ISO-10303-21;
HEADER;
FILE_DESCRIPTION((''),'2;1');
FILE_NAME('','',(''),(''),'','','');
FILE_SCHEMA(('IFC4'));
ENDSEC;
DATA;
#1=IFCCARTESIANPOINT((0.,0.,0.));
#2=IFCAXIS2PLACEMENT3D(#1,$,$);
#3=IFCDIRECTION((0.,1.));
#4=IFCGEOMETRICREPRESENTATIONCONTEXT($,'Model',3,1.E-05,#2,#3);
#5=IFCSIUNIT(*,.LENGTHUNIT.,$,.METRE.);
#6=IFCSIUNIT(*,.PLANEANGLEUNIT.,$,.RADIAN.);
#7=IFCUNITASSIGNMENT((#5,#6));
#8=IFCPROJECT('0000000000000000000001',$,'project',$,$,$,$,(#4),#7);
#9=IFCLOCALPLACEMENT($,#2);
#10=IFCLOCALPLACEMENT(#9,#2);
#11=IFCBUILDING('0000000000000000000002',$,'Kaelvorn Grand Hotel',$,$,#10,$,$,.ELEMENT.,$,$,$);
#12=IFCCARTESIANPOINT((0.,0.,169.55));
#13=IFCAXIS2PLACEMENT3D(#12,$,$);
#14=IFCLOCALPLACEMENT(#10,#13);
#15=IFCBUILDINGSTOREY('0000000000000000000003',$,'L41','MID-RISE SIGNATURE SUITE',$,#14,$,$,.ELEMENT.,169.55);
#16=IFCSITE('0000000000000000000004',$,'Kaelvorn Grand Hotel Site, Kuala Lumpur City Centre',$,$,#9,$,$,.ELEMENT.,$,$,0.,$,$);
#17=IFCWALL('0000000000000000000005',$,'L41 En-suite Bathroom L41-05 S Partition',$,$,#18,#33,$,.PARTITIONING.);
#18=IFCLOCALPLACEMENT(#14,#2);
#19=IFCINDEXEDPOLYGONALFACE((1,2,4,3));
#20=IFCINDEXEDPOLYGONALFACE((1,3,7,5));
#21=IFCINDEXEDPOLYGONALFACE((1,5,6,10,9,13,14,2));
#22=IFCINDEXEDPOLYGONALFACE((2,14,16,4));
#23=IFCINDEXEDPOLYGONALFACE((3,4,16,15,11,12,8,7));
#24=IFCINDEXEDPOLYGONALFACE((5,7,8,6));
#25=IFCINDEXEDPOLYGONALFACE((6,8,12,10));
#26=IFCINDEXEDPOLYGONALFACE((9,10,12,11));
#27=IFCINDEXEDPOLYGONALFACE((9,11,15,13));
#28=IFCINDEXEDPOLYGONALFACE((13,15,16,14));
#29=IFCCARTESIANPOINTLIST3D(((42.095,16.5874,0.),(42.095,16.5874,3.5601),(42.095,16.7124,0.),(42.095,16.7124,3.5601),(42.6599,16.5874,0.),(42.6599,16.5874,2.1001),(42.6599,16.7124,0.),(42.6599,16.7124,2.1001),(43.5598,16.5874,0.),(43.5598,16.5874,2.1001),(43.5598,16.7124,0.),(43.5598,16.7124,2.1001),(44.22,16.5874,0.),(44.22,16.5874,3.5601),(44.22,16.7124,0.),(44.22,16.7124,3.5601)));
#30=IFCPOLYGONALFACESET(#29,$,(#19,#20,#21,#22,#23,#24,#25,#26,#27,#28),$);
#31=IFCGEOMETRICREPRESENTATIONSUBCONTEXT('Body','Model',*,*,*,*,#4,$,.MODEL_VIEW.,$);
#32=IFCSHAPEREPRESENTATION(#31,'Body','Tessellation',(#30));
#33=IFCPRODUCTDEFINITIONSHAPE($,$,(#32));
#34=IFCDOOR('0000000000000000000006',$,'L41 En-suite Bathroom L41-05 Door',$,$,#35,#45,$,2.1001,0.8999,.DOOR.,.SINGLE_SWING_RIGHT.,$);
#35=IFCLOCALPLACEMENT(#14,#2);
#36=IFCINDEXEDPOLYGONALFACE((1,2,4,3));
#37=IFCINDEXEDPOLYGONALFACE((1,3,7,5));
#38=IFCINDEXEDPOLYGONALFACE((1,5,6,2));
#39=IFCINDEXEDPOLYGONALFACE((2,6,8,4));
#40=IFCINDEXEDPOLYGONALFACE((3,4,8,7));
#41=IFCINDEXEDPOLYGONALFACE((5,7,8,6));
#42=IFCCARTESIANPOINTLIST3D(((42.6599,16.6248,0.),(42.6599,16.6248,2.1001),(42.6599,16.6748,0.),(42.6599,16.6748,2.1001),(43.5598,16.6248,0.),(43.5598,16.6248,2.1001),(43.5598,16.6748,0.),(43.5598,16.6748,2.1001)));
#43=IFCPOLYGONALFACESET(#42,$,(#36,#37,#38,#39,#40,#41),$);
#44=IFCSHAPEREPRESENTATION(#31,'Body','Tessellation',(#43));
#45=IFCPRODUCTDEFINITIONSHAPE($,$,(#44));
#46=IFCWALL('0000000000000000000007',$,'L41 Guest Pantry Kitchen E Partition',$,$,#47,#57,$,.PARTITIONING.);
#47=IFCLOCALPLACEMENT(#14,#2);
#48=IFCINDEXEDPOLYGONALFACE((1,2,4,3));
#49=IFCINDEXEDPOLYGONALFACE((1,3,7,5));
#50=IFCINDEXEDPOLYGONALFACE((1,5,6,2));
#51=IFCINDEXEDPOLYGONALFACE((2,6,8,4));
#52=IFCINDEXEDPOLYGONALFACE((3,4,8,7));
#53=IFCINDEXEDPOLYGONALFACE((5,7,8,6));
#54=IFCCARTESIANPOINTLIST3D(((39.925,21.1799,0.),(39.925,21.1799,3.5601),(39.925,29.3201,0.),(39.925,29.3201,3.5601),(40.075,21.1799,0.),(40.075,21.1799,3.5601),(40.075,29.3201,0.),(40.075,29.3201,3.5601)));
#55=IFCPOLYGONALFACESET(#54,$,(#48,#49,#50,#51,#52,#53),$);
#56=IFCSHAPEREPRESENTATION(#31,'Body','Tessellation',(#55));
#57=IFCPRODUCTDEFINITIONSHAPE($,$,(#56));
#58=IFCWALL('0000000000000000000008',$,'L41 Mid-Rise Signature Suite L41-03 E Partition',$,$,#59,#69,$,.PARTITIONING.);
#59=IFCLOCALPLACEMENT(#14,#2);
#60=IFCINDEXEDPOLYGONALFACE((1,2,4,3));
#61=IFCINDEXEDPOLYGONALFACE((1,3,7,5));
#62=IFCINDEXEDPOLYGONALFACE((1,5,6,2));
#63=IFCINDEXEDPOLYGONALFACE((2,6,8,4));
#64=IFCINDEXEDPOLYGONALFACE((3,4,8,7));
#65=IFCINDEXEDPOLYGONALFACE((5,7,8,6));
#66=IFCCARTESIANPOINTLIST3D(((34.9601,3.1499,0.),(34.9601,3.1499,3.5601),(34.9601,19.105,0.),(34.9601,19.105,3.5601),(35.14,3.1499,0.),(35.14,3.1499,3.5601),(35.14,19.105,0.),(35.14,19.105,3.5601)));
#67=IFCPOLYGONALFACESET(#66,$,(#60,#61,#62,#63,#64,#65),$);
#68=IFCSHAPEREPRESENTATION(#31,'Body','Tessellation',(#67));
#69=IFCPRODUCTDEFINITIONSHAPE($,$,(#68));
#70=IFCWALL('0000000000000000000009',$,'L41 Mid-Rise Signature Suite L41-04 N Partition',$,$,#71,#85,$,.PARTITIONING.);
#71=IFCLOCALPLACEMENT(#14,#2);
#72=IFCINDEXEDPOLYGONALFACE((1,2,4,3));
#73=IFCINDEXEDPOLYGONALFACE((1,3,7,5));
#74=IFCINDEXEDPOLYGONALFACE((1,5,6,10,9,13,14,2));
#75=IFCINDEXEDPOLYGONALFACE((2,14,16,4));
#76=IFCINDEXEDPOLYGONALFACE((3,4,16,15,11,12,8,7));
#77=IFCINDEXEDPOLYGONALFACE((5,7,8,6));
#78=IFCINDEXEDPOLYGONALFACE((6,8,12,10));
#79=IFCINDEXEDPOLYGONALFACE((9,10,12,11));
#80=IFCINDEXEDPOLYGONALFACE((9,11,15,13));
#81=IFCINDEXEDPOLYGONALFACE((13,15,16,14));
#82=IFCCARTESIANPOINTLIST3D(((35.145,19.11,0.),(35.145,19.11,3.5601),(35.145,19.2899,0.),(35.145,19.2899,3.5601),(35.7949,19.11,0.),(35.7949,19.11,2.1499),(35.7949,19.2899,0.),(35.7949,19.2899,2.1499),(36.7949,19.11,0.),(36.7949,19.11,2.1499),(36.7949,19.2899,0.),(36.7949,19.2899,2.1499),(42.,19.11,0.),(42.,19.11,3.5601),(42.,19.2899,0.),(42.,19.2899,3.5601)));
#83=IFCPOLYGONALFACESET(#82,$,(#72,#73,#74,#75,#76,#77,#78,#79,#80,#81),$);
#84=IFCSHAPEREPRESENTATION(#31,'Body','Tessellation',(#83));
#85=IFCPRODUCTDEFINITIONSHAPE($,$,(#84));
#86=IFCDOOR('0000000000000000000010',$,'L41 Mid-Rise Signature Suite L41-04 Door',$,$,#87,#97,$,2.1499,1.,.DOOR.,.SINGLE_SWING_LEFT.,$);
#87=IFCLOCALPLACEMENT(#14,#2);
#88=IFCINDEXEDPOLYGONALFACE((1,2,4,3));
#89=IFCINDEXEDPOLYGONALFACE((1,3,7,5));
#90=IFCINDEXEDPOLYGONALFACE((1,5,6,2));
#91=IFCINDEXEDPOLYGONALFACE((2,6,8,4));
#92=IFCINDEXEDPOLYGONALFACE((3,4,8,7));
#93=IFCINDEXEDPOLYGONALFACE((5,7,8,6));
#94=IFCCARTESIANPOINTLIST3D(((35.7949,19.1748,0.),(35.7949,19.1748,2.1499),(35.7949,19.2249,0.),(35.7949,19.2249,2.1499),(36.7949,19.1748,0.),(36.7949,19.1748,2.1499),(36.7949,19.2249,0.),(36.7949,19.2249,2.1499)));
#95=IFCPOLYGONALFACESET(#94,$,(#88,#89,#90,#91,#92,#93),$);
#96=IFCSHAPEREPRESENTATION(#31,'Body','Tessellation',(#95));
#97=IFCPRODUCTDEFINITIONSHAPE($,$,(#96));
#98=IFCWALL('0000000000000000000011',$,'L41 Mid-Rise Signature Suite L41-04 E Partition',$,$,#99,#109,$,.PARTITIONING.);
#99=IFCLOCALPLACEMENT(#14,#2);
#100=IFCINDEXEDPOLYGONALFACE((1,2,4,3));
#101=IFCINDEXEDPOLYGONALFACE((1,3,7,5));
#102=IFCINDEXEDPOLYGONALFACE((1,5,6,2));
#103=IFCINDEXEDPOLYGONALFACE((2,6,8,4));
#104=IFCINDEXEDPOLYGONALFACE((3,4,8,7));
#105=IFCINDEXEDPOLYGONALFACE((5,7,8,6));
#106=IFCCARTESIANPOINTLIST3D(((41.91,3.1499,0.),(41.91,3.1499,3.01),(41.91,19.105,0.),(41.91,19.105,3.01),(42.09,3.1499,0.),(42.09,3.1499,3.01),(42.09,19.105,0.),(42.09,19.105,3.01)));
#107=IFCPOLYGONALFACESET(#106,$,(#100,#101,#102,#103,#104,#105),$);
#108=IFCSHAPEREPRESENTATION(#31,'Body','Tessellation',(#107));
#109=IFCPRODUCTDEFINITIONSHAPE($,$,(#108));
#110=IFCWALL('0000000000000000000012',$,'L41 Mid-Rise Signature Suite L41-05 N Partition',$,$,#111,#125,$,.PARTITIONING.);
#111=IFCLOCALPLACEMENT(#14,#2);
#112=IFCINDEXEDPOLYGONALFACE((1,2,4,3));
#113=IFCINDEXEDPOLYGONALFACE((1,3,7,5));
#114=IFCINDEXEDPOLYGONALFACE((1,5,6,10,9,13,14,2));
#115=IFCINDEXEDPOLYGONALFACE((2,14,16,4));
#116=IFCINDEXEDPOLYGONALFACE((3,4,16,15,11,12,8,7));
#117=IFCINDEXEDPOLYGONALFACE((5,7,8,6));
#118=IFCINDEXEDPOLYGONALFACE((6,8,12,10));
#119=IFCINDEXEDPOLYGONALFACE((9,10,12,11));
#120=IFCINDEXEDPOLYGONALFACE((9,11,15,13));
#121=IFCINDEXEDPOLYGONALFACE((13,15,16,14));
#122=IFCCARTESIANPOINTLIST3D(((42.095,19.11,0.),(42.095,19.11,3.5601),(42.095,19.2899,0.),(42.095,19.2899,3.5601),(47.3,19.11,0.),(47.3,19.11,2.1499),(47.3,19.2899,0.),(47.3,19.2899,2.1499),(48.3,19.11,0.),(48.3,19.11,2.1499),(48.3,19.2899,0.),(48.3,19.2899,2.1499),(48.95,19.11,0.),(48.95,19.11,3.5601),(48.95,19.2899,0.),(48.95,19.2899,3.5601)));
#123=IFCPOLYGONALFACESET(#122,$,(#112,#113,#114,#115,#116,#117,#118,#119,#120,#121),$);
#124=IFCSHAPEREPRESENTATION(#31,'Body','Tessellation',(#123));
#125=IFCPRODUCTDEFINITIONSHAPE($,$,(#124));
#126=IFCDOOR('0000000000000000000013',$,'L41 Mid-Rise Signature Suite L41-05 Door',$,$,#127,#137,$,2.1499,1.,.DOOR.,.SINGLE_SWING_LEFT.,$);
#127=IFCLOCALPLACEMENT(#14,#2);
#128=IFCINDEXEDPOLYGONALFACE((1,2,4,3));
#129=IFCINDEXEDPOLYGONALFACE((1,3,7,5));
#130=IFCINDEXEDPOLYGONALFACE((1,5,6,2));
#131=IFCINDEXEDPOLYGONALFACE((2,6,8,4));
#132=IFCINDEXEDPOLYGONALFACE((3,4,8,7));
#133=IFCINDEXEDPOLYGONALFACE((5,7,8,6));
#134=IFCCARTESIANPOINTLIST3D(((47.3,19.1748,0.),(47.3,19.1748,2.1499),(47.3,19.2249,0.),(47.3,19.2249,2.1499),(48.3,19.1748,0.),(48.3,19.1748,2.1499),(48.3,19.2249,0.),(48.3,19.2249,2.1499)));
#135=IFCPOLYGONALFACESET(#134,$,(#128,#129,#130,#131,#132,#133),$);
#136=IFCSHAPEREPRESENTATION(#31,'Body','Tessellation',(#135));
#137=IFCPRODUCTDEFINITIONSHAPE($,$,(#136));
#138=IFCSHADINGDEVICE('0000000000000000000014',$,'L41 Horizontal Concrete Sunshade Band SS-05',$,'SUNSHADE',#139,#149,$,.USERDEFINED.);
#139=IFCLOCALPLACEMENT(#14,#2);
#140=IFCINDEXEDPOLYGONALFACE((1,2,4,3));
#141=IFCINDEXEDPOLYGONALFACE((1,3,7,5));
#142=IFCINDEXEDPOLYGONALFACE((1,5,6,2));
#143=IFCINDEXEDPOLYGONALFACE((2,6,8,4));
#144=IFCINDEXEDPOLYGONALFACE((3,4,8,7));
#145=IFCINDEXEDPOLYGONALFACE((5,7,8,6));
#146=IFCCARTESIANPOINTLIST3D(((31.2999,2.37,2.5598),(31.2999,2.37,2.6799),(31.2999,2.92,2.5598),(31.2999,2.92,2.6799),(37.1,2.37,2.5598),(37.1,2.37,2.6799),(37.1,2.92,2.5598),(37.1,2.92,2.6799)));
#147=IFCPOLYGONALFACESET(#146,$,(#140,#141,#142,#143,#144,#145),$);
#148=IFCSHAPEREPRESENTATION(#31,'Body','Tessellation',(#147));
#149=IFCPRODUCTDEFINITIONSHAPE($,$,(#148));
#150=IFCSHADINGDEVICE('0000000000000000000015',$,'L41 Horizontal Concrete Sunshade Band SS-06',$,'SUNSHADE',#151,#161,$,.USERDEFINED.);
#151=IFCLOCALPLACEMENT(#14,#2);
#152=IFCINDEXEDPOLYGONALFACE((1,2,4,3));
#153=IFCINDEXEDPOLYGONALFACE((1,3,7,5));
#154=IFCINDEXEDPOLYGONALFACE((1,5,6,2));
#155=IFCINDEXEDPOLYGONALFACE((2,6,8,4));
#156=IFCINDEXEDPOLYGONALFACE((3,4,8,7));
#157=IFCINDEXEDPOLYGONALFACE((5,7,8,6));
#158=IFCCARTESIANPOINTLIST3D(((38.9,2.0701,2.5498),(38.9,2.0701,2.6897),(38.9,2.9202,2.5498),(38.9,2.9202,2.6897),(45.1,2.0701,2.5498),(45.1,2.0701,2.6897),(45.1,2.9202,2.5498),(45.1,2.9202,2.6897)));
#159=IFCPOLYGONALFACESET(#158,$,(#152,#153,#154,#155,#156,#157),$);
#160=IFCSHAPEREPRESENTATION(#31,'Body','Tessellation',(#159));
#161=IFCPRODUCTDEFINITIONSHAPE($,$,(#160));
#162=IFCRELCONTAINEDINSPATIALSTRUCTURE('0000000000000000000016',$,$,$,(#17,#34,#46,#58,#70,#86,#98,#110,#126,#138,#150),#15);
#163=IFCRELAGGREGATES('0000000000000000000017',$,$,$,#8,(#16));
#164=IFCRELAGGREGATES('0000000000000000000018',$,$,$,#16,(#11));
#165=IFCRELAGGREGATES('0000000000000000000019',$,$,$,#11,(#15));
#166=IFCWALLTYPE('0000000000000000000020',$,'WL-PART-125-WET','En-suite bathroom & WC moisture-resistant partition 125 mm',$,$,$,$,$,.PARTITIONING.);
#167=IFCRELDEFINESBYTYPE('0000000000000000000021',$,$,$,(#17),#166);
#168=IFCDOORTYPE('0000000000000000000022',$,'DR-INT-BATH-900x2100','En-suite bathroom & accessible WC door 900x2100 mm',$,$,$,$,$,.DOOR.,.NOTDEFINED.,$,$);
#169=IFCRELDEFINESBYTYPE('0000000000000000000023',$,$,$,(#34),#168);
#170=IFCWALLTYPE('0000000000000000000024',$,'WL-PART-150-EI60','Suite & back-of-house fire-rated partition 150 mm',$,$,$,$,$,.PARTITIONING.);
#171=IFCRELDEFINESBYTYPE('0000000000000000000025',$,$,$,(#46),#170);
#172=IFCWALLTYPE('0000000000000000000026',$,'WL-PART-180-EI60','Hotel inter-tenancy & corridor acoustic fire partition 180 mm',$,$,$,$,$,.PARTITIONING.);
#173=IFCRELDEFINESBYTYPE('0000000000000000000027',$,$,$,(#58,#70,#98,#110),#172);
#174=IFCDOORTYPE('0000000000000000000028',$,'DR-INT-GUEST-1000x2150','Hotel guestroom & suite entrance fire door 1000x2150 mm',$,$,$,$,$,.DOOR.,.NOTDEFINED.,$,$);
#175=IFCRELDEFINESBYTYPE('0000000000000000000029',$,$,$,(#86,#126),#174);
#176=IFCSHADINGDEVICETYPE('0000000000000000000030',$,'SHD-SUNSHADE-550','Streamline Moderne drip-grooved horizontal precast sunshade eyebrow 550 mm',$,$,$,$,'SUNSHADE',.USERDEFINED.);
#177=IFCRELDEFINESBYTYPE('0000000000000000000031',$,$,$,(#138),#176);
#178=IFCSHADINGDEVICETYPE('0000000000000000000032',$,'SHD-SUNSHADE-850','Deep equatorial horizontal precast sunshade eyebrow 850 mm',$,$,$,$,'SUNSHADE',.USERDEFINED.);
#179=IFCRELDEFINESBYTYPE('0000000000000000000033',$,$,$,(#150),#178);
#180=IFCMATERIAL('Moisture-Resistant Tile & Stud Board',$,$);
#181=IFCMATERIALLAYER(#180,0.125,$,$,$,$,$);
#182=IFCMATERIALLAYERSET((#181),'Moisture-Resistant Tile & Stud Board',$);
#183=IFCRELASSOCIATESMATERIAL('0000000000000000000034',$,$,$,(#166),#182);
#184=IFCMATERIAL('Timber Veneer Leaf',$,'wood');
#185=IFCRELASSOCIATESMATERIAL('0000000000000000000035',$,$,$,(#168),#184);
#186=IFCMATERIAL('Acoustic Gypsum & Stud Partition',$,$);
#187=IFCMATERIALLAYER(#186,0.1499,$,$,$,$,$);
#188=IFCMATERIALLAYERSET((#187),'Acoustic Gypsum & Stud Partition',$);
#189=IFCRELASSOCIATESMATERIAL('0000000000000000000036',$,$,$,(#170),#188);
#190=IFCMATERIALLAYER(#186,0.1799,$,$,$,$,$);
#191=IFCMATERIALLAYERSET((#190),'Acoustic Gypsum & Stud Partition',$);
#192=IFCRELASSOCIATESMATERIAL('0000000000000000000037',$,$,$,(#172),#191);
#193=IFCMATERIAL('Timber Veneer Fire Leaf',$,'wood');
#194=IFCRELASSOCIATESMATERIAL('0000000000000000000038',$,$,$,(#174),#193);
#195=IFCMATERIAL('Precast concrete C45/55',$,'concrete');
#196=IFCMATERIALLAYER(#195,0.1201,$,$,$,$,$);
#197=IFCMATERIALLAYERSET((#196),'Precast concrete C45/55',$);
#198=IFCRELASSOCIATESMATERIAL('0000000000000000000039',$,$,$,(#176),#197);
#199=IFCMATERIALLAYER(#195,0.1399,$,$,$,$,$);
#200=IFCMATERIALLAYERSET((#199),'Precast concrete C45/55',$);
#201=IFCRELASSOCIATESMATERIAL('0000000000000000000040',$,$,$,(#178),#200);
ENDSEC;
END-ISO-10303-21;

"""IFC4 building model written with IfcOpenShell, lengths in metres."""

from ifc_helpers import new_model, si_unit, direction, frame, frame_2d, origin, origin_2d, place, context, subcontext, project, spatial, rectangle, extrude, material, layer, layer_set, type_object, element, fill, save


model = new_model("IFC4")

# Units and contexts
model_context = context("Model", 3, precision=1e-05, world=origin(), true_north=direction((0.0, 1.0)))
body_context = subcontext(model_context, "Body", "Model", "MODEL_VIEW")
ifc_project = project(units=[si_unit("LENGTHUNIT", "METRE"), si_unit("PLANEANGLEUNIT", "RADIAN")], contexts=[model_context])

# Site, building, storey
site_placement = place(None, origin())
site = spatial("IfcSite", under=ifc_project, at=site_placement, Name="Kaelvorn Grand Hotel Site, Kuala Lumpur City Centre", CompositionType="ELEMENT", RefElevation=0.0)
building_placement = place(site_placement, origin())
building = spatial("IfcBuilding", under=site, at=building_placement, Name="Kaelvorn Grand Hotel", CompositionType="ELEMENT")
storey_placement = place(building_placement, frame((0.0, 0.0, 169.55)))
storey = spatial("IfcBuildingStorey", under=building, at=storey_placement, Name="L41", Description="MID-RISE SIGNATURE SUITE", CompositionType="ELEMENT", Elevation=169.55)

# Shared definitions
ifc_material_1 = material(Name="Moisture-Resistant Tile & Stud Board")
ifc_layer_1 = layer(ifc_material_1, 0.125)
ifc_layer_set_1 = layer_set([ifc_layer_1], Name="Moisture-Resistant Tile & Stud Board")
wall_type_1 = type_object("IfcWallType", Name="WL-PART-125-WET", Description="En-suite bathroom & WC moisture-resistant partition 125 mm", PredefinedType="PARTITIONING", material=ifc_layer_set_1)
ifc_material_2 = material(Name="Timber Veneer Leaf", Category="wood")
door_type_1 = type_object("IfcDoorType", Name="DR-INT-BATH-900x2100", Description="En-suite bathroom & accessible WC door 900x2100 mm", OperationType="NOTDEFINED", PredefinedType="DOOR", material=ifc_material_2)

# Wall, opening, door
wall_1_placement = place(storey_placement, frame((42.095, 16.6499, 0.0), z_axis=(0.0, 0.0, 1.0), x_axis=(1.0, 0.0, 0.0)))
wall_1 = element("IfcWall", 1, at=wall_1_placement, inside=storey, type_object=wall_type_1, Name="L41 En-suite Bathroom L41-05 S Partition", PredefinedType="PARTITIONING", context=body_context, shape_type="SweptSolid", body=[
    extrude(rectangle(XDim=2.125, YDim=0.125, at=frame_2d((1.0625, 0.0))), origin(), (0.0, 0.0, 1.0), 3.5601),
])
opening_1_placement = place(wall_1_placement, frame((0.5649, 0.0, 0.0)))
opening_1 = element("IfcOpeningElement", 2, at=opening_1_placement, cuts=wall_1, PredefinedType="OPENING", context=body_context, shape_type="SweptSolid", body=[
    extrude(rectangle(XDim=0.8999, YDim=2.1001, at=frame_2d((0.45, 1.05))), frame((0.0, 0.0725, 0.0), z_axis=(0.0, -1.0, 0.0), x_axis=(1.0, 0.0, 0.0)), (0.0, 0.0, 1.0), 0.145),
])
door_1_placement = place(opening_1_placement, origin())
door_1 = element("IfcDoor", 3, at=door_1_placement, inside=storey, type_object=door_type_1, Name="L41 En-suite Bathroom L41-05 Door", OperationType="SINGLE_SWING_RIGHT", OverallHeight=2.1001, OverallWidth=0.8999, PredefinedType="DOOR", context=body_context, shape_type="SweptSolid", body=[
    extrude(rectangle(XDim=0.8999, YDim=2.1001, at=frame_2d((0.45, 1.05))), frame((0.0, 0.0249, 0.0), z_axis=(0.0, -1.0, 0.0), x_axis=(1.0, 0.0, 0.0)), (0.0, 0.0, 1.0), 0.05),
])
fill(opening_1, door_1)

# Walls
ifc_material_3 = material(Name="Acoustic Gypsum & Stud Partition")
ifc_layer_2 = layer(ifc_material_3, 0.1499)
ifc_layer_set_2 = layer_set([ifc_layer_2], Name="Acoustic Gypsum & Stud Partition")
wall_type_2 = type_object("IfcWallType", Name="WL-PART-150-EI60", Description="Suite & back-of-house fire-rated partition 150 mm", PredefinedType="PARTITIONING", material=ifc_layer_set_2)
wall_2_placement = place(storey_placement, frame((40.0, 21.1799, 0.0), z_axis=(0.0, 0.0, 1.0), x_axis=(0.0, 1.0, 0.0)))
element("IfcWall", 4, at=wall_2_placement, inside=storey, type_object=wall_type_2, Name="L41 Guest Pantry Kitchen E Partition", PredefinedType="PARTITIONING", context=body_context, shape_type="SweptSolid", body=[
    extrude(rectangle(XDim=8.1401, YDim=0.1499, at=frame_2d((4.0701, 0.0))), origin(), (0.0, 0.0, 1.0), 3.5601),
])
ifc_layer_3 = layer(ifc_material_3, 0.1799)
ifc_layer_set_3 = layer_set([ifc_layer_3], Name="Acoustic Gypsum & Stud Partition")
wall_type_3 = type_object("IfcWallType", Name="WL-PART-180-EI60", Description="Hotel inter-tenancy & corridor acoustic fire partition 180 mm", PredefinedType="PARTITIONING", material=ifc_layer_set_3)
wall_3_placement = place(storey_placement, frame((35.05, 3.1499, 0.0), z_axis=(0.0, 0.0, 1.0), x_axis=(0.0, 1.0, 0.0)))
element("IfcWall", 5, at=wall_3_placement, inside=storey, type_object=wall_type_3, Name="L41 Mid-Rise Signature Suite L41-03 E Partition", PredefinedType="PARTITIONING", context=body_context, shape_type="SweptSolid", body=[
    extrude(rectangle(XDim=15.9551, YDim=0.1799, at=frame_2d((7.9775, 0.0))), origin(), (0.0, 0.0, 1.0), 3.5601),
])

# Wall, opening, door
wall_4_placement = place(storey_placement, frame((35.145, 19.2, 0.0), z_axis=(0.0, 0.0, 1.0), x_axis=(1.0, 0.0, 0.0)))
wall_4 = element("IfcWall", 6, at=wall_4_placement, inside=storey, type_object=wall_type_3, Name="L41 Mid-Rise Signature Suite L41-04 N Partition", PredefinedType="PARTITIONING", context=body_context, shape_type="SweptSolid", body=[
    extrude(rectangle(XDim=6.855, YDim=0.1799, at=frame_2d((3.4275, 0.0))), origin(), (0.0, 0.0, 1.0), 3.5601),
])
opening_2_placement = place(wall_4_placement, frame((0.6499, 0.0, 0.0)))
opening_2 = element("IfcOpeningElement", 7, at=opening_2_placement, cuts=wall_4, PredefinedType="OPENING", context=body_context, shape_type="SweptSolid", body=[
    extrude(rectangle(XDim=1.0, YDim=2.1499, at=frame_2d((0.5, 1.075))), frame((0.0, 0.1001, 0.0), z_axis=(0.0, -1.0, 0.0), x_axis=(1.0, 0.0, 0.0)), (0.0, 0.0, 1.0), 0.2),
])
ifc_material_4 = material(Name="Timber Veneer Fire Leaf", Category="wood")
door_type_2 = type_object("IfcDoorType", Name="DR-INT-GUEST-1000x2150", Description="Hotel guestroom & suite entrance fire door 1000x2150 mm", OperationType="NOTDEFINED", PredefinedType="DOOR", material=ifc_material_4)
door_2_placement = place(opening_2_placement, origin())
door_2 = element("IfcDoor", 8, at=door_2_placement, inside=storey, type_object=door_type_2, Name="L41 Mid-Rise Signature Suite L41-04 Door", OperationType="SINGLE_SWING_LEFT", OverallHeight=2.1499, OverallWidth=1.0, PredefinedType="DOOR", context=body_context, shape_type="SweptSolid", body=[
    extrude(rectangle(XDim=1.0, YDim=2.1499, at=frame_2d((0.5, 1.075))), frame((0.0, 0.0249, 0.0), z_axis=(0.0, -1.0, 0.0), x_axis=(1.0, 0.0, 0.0)), (0.0, 0.0, 1.0), 0.05),
])
fill(opening_2, door_2)

# Wall
wall_5_placement = place(storey_placement, frame((42.0, 3.1499, 0.0), z_axis=(0.0, 0.0, 1.0), x_axis=(0.0, 1.0, 0.0)))
element("IfcWall", 9, at=wall_5_placement, inside=storey, type_object=wall_type_3, Name="L41 Mid-Rise Signature Suite L41-04 E Partition", PredefinedType="PARTITIONING", context=body_context, shape_type="SweptSolid", body=[
    extrude(rectangle(XDim=15.9551, YDim=0.1799, at=frame_2d((7.9775, 0.0))), origin(), (0.0, 0.0, 1.0), 3.01),
])

# Wall, opening, door
wall_6_placement = place(storey_placement, frame((42.095, 19.2, 0.0), z_axis=(0.0, 0.0, 1.0), x_axis=(1.0, 0.0, 0.0)))
wall_6 = element("IfcWall", 10, at=wall_6_placement, inside=storey, type_object=wall_type_3, Name="L41 Mid-Rise Signature Suite L41-05 N Partition", PredefinedType="PARTITIONING", context=body_context, shape_type="SweptSolid", body=[
    extrude(rectangle(XDim=6.855, YDim=0.1799, at=frame_2d((3.4275, 0.0))), origin(), (0.0, 0.0, 1.0), 3.5601),
])
opening_3_placement = place(wall_6_placement, frame((5.2051, 0.0, 0.0)))
opening_3 = element("IfcOpeningElement", 11, at=opening_3_placement, cuts=wall_6, PredefinedType="OPENING", context=body_context, shape_type="SweptSolid", body=[
    extrude(rectangle(XDim=1.0, YDim=2.1499, at=frame_2d((0.5, 1.075))), frame((0.0, 0.1001, 0.0), z_axis=(0.0, -1.0, 0.0), x_axis=(1.0, 0.0, 0.0)), (0.0, 0.0, 1.0), 0.2),
])
door_3_placement = place(opening_3_placement, origin())
door_3 = element("IfcDoor", 12, at=door_3_placement, inside=storey, type_object=door_type_2, Name="L41 Mid-Rise Signature Suite L41-05 Door", OperationType="SINGLE_SWING_LEFT", OverallHeight=2.1499, OverallWidth=1.0, PredefinedType="DOOR", context=body_context, shape_type="SweptSolid", body=[
    extrude(rectangle(XDim=1.0, YDim=2.1499, at=frame_2d((0.5, 1.075))), frame((0.0, 0.0249, 0.0), z_axis=(0.0, -1.0, 0.0), x_axis=(1.0, 0.0, 0.0)), (0.0, 0.0, 1.0), 0.05),
])
fill(opening_3, door_3)

# Shading devices
ifc_material_5 = material(Name="Precast concrete C45/55", Category="concrete")
ifc_layer_4 = layer(ifc_material_5, 0.1201)
ifc_layer_set_4 = layer_set([ifc_layer_4], Name="Precast concrete C45/55")
shading_device_type_1 = type_object("IfcShadingDeviceType", Name="SHD-SUNSHADE-550", Description="Streamline Moderne drip-grooved horizontal precast sunshade eyebrow 550 mm", ElementType="SUNSHADE", PredefinedType="USERDEFINED", material=ifc_layer_set_4)
shading_device_1_placement = place(storey_placement, frame((34.2, 2.645, 2.5598), z_axis=(0.0, 0.0, 1.0), x_axis=(1.0, 0.0, 0.0)))
element("IfcShadingDevice", 13, at=shading_device_1_placement, inside=storey, type_object=shading_device_type_1, Name="L41 Horizontal Concrete Sunshade Band SS-05", ObjectType="SUNSHADE", PredefinedType="USERDEFINED", context=body_context, shape_type="SweptSolid", body=[
    extrude(rectangle(XDim=5.8, YDim=0.55, at=origin_2d()), origin(), (0.0, 0.0, 1.0), 0.1201),
])
ifc_layer_5 = layer(ifc_material_5, 0.1399)
ifc_layer_set_5 = layer_set([ifc_layer_5], Name="Precast concrete C45/55")
shading_device_type_2 = type_object("IfcShadingDeviceType", Name="SHD-SUNSHADE-850", Description="Deep equatorial horizontal precast sunshade eyebrow 850 mm", ElementType="SUNSHADE", PredefinedType="USERDEFINED", material=ifc_layer_set_5)
shading_device_2_placement = place(storey_placement, frame((42.0, 2.4951, 2.5498), z_axis=(0.0, 0.0, 1.0), x_axis=(1.0, 0.0, 0.0)))
element("IfcShadingDevice", 14, at=shading_device_2_placement, inside=storey, type_object=shading_device_type_2, Name="L41 Horizontal Concrete Sunshade Band SS-06", ObjectType="SUNSHADE", PredefinedType="USERDEFINED", context=body_context, shape_type="SweptSolid", body=[
    extrude(rectangle(XDim=6.2, YDim=0.8501, at=origin_2d()), origin(), (0.0, 0.0, 1.0), 0.1399),
])

save(model, "model.ifc")
